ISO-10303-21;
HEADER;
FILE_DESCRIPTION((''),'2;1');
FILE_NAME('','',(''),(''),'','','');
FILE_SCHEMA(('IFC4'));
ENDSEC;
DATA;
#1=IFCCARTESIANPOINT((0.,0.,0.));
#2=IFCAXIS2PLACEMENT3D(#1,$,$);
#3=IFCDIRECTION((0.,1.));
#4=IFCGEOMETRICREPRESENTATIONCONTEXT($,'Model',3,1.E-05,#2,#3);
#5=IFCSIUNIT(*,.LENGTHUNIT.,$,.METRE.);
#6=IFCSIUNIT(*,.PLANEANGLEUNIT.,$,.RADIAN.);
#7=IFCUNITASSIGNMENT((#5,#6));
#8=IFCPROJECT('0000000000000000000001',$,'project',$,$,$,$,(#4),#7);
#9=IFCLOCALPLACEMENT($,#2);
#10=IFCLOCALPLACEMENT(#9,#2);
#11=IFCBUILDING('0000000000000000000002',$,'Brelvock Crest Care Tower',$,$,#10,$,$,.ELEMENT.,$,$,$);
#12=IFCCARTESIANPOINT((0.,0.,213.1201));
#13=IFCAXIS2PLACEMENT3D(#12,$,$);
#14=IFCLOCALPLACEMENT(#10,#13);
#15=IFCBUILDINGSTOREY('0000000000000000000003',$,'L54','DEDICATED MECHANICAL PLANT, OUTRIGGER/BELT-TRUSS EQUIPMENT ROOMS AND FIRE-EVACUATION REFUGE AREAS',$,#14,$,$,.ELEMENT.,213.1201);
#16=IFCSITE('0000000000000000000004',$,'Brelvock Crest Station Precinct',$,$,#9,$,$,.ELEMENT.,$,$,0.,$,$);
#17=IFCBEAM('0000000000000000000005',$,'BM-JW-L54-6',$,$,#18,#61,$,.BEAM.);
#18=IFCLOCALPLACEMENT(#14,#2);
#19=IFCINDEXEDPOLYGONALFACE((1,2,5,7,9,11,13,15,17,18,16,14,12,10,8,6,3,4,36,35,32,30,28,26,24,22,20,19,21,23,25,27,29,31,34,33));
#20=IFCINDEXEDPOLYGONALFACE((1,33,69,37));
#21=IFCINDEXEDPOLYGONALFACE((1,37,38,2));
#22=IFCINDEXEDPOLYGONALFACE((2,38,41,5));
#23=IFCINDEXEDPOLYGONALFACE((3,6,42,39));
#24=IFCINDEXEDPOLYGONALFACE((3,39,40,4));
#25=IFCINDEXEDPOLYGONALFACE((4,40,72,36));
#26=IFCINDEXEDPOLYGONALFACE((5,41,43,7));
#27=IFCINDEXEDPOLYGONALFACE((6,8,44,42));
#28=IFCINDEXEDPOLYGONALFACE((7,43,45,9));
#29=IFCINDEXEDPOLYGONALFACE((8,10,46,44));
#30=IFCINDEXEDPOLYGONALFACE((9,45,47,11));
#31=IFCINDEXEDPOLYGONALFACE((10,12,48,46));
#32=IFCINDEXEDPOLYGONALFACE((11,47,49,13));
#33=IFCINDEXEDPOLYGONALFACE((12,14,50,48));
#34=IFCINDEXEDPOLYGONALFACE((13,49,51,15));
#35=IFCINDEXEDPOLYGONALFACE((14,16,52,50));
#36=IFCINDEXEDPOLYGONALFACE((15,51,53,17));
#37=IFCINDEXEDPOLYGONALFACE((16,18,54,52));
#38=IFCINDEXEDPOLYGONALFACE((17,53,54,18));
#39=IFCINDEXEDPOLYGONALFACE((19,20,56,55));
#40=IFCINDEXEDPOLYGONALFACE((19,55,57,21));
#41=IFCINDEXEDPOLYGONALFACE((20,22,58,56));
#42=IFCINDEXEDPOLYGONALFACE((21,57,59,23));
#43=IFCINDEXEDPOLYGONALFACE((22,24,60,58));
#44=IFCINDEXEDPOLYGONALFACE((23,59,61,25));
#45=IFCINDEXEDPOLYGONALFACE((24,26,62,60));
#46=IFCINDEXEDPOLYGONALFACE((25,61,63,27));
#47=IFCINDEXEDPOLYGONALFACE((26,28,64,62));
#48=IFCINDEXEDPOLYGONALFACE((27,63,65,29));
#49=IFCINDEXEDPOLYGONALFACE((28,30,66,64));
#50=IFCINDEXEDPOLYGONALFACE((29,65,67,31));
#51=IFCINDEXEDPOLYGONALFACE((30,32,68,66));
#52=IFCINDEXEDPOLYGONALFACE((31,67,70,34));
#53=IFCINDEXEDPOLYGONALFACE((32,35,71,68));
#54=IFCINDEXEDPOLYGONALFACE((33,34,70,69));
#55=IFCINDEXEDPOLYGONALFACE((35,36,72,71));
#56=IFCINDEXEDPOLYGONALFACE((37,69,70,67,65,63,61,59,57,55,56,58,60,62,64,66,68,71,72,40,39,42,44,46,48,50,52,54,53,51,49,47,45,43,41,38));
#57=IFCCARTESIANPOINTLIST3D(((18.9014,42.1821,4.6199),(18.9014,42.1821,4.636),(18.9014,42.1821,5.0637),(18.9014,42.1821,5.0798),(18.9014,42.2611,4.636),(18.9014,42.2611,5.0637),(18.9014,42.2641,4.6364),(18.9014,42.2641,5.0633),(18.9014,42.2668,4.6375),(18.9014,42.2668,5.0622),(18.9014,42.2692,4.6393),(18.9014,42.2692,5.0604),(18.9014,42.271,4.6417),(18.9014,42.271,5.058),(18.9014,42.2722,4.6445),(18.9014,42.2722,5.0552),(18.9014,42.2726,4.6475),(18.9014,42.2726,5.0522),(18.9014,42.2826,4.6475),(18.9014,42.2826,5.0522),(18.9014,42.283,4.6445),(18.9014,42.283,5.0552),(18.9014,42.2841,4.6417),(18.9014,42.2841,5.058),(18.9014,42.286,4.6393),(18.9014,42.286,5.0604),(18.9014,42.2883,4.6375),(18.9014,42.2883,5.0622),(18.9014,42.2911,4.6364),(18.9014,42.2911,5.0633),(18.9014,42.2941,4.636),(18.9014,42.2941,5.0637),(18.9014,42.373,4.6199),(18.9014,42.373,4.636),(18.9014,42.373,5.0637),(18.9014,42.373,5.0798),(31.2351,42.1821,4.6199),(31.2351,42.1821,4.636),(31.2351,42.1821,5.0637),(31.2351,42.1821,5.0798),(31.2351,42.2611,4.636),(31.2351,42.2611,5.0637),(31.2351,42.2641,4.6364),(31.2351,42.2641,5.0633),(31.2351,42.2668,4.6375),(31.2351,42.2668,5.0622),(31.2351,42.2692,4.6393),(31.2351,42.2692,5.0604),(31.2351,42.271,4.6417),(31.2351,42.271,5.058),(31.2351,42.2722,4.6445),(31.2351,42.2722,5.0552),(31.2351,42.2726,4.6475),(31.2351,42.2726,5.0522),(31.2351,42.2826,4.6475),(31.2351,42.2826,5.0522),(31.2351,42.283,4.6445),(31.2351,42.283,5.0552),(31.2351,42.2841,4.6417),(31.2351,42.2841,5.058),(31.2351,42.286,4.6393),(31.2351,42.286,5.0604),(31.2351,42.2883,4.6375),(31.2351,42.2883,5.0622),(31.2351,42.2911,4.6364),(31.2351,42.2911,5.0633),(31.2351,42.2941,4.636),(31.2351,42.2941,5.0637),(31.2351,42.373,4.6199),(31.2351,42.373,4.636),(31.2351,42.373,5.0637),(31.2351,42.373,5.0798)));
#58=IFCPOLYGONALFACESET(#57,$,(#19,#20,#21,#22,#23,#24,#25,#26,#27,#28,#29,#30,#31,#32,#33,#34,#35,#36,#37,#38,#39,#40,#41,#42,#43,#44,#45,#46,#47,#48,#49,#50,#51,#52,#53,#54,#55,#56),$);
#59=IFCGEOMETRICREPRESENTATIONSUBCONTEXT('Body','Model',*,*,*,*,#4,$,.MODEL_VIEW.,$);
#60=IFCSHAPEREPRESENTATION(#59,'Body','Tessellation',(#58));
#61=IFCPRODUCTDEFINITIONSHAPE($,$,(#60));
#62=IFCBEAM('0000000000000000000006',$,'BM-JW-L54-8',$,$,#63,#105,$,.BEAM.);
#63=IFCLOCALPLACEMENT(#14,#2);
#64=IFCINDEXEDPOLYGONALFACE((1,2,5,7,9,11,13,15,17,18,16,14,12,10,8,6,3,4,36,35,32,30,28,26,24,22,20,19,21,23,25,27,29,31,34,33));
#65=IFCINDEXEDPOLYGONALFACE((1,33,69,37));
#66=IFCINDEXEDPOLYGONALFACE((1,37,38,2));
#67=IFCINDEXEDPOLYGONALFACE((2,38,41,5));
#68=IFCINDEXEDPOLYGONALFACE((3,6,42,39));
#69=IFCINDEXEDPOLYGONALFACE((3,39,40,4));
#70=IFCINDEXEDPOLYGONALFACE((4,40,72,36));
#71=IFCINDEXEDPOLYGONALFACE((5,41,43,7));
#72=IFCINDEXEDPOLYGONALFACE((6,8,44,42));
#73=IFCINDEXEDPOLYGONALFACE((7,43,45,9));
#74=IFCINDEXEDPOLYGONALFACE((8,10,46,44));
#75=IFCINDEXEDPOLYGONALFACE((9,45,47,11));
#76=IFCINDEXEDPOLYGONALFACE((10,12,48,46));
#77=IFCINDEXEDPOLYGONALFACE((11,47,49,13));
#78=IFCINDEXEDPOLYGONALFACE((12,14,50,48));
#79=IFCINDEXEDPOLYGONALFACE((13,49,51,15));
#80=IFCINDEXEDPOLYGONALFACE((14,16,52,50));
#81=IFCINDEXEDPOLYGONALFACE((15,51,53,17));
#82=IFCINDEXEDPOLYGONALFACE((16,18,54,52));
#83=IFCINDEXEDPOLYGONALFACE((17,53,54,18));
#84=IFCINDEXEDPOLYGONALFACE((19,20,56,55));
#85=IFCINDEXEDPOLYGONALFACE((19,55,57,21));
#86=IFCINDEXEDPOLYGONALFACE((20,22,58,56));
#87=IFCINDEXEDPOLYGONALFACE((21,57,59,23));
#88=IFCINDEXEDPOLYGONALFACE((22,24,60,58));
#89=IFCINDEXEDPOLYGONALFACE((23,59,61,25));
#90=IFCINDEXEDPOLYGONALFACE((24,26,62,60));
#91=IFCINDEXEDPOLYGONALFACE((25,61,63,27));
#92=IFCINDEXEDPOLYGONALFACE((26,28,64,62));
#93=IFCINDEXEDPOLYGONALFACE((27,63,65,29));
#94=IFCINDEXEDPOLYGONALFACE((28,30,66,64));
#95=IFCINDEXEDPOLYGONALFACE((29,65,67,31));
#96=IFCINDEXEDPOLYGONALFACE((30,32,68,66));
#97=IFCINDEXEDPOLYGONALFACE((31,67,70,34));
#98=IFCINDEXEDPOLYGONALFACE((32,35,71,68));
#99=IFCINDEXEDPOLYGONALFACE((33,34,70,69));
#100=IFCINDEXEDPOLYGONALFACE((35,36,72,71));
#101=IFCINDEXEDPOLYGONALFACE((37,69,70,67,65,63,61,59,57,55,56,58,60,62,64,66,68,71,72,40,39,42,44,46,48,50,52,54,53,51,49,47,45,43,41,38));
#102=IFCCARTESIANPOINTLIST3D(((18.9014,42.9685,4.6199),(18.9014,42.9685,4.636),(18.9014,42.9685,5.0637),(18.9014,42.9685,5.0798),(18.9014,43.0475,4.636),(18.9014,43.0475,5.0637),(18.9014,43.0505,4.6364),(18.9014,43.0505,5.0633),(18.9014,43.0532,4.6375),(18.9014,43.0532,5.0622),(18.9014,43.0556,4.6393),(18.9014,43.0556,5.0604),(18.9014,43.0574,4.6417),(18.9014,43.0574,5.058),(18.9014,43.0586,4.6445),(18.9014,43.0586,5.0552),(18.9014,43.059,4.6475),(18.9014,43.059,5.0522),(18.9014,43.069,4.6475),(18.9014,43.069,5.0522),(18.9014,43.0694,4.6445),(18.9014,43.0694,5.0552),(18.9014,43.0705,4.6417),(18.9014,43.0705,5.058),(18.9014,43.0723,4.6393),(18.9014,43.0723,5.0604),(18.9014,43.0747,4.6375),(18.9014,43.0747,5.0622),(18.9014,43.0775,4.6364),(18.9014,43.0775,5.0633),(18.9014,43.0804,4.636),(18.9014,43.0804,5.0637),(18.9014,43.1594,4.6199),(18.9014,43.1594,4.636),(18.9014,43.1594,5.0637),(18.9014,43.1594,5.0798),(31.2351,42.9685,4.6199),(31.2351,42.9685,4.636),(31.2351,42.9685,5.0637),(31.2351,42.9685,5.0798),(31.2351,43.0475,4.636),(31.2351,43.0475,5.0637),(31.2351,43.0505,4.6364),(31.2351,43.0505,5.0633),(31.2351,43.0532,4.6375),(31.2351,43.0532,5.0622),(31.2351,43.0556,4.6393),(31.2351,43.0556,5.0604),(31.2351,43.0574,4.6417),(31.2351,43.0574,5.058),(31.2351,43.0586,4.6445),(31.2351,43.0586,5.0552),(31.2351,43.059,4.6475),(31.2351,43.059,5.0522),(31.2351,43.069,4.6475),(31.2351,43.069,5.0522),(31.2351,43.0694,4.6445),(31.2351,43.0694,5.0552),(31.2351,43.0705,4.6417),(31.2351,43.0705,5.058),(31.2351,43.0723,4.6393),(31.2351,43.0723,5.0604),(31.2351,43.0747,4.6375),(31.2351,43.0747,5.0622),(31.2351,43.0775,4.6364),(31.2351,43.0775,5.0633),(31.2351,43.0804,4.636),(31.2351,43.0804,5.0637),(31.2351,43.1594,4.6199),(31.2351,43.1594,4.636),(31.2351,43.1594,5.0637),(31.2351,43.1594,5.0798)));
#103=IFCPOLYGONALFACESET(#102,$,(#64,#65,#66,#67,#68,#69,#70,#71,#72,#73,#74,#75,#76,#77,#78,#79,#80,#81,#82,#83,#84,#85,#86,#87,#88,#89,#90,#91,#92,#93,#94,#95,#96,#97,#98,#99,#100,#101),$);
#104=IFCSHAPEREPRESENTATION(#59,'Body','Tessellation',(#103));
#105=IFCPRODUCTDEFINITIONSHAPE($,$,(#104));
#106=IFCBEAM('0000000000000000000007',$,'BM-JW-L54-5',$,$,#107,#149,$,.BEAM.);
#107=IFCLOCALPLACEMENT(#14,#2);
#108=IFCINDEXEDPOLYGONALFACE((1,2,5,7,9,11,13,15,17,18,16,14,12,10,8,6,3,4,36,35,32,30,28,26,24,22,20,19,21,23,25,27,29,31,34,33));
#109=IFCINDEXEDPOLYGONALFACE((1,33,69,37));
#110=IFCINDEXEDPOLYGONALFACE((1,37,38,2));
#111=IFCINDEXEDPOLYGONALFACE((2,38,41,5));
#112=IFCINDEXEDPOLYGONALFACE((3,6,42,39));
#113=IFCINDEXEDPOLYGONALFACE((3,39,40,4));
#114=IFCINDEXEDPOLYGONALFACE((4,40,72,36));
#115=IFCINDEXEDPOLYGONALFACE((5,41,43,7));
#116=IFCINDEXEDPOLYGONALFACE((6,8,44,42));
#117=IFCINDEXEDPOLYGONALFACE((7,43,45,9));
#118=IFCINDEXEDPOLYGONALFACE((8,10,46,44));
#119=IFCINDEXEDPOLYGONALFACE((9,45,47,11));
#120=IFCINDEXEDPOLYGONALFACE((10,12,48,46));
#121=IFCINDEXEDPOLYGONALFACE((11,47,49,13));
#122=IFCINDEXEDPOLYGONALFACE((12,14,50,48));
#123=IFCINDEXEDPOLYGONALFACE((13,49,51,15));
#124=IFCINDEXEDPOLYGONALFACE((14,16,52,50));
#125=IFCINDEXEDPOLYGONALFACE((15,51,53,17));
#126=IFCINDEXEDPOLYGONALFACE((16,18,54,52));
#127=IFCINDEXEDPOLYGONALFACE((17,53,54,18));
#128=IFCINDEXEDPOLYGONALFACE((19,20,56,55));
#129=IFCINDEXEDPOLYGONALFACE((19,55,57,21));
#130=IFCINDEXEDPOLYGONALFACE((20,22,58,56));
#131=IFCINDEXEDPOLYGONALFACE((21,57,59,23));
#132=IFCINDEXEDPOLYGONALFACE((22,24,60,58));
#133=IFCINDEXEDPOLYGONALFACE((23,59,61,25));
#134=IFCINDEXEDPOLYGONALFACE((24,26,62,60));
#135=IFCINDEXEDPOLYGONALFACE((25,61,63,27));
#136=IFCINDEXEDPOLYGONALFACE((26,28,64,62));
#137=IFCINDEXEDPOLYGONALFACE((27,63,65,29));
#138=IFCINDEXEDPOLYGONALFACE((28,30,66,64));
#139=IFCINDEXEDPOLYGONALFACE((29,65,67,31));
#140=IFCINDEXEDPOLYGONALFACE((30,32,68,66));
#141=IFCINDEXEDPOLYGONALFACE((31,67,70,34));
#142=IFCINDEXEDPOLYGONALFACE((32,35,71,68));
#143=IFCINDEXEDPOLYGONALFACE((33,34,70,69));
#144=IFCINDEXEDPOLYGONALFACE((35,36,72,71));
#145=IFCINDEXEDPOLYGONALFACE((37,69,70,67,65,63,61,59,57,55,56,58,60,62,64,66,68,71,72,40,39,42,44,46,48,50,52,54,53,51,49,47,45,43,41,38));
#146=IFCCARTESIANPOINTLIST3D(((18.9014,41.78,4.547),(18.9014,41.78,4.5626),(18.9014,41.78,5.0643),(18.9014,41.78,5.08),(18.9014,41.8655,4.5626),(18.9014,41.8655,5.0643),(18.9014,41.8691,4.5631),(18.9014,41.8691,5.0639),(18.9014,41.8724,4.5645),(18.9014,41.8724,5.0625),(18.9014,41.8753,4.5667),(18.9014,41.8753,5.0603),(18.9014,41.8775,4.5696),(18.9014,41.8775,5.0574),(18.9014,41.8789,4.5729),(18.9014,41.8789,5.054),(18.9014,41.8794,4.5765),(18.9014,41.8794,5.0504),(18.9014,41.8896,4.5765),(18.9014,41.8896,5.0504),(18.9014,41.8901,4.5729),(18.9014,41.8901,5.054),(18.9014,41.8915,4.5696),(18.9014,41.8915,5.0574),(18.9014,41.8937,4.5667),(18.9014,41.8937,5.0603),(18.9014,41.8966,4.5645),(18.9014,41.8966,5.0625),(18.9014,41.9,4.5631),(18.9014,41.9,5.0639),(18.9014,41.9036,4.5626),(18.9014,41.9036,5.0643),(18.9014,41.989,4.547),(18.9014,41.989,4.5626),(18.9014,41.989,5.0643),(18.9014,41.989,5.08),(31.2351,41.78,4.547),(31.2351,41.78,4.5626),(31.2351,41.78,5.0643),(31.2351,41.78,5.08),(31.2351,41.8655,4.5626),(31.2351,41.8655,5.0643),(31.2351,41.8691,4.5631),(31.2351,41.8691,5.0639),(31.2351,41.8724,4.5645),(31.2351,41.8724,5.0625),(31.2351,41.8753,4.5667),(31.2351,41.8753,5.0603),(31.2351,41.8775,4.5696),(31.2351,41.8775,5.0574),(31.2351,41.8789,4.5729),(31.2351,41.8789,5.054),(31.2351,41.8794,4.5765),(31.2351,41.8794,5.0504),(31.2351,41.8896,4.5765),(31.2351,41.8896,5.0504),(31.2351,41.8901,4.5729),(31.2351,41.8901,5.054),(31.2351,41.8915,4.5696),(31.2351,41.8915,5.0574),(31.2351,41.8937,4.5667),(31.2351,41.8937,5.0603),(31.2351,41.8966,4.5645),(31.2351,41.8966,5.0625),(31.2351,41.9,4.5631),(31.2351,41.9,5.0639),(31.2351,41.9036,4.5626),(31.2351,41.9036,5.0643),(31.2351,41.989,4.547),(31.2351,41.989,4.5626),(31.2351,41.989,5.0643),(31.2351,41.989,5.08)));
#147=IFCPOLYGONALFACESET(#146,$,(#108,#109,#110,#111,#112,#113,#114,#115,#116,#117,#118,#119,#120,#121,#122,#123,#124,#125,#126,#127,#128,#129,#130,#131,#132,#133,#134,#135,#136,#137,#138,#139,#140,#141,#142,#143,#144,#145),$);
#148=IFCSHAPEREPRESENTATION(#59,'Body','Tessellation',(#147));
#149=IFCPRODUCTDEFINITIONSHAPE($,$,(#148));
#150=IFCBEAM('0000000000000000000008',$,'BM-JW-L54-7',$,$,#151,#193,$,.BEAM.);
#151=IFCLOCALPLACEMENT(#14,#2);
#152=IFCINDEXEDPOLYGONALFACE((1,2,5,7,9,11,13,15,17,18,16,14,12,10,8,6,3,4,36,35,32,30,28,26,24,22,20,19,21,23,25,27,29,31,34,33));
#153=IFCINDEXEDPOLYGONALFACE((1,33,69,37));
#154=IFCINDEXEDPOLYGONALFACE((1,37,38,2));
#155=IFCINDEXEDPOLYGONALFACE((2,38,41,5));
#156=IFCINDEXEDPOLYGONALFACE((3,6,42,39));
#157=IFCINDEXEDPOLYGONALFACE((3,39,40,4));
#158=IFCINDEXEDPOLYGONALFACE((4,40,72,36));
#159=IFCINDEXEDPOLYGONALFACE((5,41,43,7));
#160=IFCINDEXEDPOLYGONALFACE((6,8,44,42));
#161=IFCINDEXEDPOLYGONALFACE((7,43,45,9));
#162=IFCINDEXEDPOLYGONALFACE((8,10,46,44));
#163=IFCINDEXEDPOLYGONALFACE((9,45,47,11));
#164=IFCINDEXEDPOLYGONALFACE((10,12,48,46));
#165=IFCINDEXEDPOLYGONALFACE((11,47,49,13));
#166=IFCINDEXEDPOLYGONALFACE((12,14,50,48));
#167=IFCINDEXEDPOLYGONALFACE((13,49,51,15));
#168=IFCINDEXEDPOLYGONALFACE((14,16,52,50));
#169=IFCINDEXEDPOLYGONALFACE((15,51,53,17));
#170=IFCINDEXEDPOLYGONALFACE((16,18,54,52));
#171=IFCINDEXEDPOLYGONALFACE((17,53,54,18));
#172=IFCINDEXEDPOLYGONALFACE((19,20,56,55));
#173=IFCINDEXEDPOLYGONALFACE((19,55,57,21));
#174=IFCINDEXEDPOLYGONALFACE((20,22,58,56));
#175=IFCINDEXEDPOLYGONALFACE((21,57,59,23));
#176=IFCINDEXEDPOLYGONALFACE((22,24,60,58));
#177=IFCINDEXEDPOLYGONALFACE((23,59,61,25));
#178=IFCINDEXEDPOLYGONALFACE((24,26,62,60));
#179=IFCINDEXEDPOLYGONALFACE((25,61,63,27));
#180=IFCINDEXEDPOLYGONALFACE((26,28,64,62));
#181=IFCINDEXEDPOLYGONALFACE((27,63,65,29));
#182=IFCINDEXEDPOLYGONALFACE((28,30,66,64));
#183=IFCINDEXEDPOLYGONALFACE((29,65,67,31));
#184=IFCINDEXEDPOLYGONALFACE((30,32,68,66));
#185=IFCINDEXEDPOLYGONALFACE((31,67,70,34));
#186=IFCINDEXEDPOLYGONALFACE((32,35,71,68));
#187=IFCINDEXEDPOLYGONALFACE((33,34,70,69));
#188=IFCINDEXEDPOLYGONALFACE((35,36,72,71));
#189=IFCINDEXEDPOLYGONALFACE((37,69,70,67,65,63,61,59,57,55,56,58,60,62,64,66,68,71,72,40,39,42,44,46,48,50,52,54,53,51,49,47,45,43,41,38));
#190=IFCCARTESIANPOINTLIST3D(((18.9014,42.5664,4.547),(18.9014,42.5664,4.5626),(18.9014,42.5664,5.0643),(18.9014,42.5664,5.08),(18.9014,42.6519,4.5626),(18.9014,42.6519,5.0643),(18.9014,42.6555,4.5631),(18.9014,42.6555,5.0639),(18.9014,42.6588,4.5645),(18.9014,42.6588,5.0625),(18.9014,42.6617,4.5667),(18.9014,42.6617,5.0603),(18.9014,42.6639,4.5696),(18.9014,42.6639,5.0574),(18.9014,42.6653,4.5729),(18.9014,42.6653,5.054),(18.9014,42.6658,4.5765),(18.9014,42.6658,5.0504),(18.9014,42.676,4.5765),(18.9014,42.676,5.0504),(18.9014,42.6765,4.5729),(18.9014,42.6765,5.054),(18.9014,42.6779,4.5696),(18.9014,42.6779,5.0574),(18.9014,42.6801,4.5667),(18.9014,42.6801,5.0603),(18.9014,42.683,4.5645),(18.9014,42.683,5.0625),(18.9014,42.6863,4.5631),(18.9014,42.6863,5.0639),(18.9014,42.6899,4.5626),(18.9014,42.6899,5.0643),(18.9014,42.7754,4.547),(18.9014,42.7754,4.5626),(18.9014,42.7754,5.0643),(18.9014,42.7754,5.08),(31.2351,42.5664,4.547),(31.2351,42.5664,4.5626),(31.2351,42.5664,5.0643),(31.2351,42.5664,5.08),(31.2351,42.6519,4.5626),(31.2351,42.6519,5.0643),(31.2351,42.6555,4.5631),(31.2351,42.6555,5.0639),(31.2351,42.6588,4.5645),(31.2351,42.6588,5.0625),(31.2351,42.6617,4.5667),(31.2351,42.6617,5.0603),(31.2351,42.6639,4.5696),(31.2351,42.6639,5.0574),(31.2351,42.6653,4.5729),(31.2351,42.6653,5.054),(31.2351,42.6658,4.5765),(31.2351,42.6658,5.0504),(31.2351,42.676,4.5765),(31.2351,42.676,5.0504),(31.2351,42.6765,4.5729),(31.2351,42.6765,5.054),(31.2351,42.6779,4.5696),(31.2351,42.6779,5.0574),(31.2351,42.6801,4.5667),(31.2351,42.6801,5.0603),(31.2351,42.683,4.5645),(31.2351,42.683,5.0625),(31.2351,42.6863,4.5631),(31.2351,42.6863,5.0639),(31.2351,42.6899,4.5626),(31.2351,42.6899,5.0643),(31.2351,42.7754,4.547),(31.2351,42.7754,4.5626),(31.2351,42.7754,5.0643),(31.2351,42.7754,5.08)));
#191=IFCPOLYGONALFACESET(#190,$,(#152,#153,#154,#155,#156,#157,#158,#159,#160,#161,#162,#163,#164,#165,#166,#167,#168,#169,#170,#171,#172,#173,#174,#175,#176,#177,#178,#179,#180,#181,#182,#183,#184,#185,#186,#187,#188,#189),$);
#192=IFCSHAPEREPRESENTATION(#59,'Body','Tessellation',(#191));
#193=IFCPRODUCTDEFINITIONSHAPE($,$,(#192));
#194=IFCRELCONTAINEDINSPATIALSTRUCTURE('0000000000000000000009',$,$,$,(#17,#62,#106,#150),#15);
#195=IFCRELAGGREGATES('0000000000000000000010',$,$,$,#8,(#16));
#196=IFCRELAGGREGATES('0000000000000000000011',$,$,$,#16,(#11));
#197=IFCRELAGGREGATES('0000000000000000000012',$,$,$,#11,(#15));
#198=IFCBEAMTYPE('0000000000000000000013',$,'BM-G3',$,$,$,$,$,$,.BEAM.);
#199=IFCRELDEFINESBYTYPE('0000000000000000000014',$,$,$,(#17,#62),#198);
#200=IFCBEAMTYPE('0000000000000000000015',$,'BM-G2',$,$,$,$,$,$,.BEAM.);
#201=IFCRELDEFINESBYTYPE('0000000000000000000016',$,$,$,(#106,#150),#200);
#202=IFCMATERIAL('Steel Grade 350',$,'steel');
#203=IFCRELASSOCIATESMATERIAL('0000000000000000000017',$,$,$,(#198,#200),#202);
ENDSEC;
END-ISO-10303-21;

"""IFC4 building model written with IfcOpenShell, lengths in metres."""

from ifc_helpers import new_model, si_unit, direction, frame, origin, origin_2d, place, context, subcontext, project, spatial, i_section, extrude, source, transform, mapped, material, material_profile, profile_set, type_object, element, save


model = new_model("IFC4")

# Units and contexts
model_context = context("Model", 3, precision=1e-05, world=origin(), true_north=direction((0.0, 1.0)))
body_context = subcontext(model_context, "Body", "Model", "MODEL_VIEW")
ifc_project = project(units=[si_unit("LENGTHUNIT", "METRE"), si_unit("PLANEANGLEUNIT", "RADIAN")], contexts=[model_context])

# Site, building, storey
site_placement = place(None, origin())
site = spatial("IfcSite", under=ifc_project, at=site_placement, Name="Brelvock Crest Station Precinct", CompositionType="ELEMENT", RefElevation=0.0)
building_placement = place(site_placement, origin())
building = spatial("IfcBuilding", under=site, at=building_placement, Name="Brelvock Crest Care Tower", CompositionType="ELEMENT")
storey_placement = place(building_placement, frame((0.0, 0.0, 213.1201)))
storey = spatial("IfcBuildingStorey", under=building, at=storey_placement, Name="L54", Description="DEDICATED MECHANICAL PLANT, OUTRIGGER/BELT-TRUSS EQUIPMENT ROOMS AND FIRE-EVACUATION REFUGE AREAS", CompositionType="ELEMENT", Elevation=213.1201)

# Shared definitions
ifc_material_1 = material(Name="Steel Grade 350", Category="steel")

# Beams
ifc_material_profile_1 = material_profile(ifc_material_1, i_section(OverallWidth=0.1909, OverallDepth=0.46, WebThickness=0.01, FlangeThickness=0.0161, FilletRadius=0.0115, at=origin_2d()), Name="460UB82.1")
ifc_profile_set_1 = profile_set([ifc_material_profile_1], Name="Steel Grade 350")
beam_type_1 = type_object("IfcBeamType", Name="BM-G3", PredefinedType="BEAM", material=ifc_profile_set_1)
shared_shape_1 = source(origin(), body_context, "Body", "SweptSolid", [
    extrude(i_section(OverallWidth=0.1909, OverallDepth=0.46, WebThickness=0.01, FlangeThickness=0.0161, FilletRadius=0.0115, at=origin_2d()), origin(), (0.0, 0.0, 1.0), 12.3337),
])
for number, where, z_axis, x_axis, name in (
    (1, (18.9014, 42.2776, 4.8499), (1.0, 0.0, 0.0), (0.0, 1.0, 0.0), "BM-JW-L54-6"),
    (2, (18.9014, 43.064, 4.8499), (1.0, 0.0, 0.0), (0.0, 1.0, 0.0), "BM-JW-L54-8"),
):
    element("IfcBeam", number, at=place(storey_placement, frame(where, z_axis=z_axis, x_axis=x_axis)), inside=storey, type_object=beam_type_1, Name=name, PredefinedType="BEAM", context=body_context, shape_type="MappedRepresentation", body=[
        mapped(shared_shape_1, transform((0.0, 0.0, 0.0), x_axis=(1.0, 0.0, 0.0), y_axis=(0.0, 1.0, 0.0), z_axis=(0.0, 0.0, 1.0), scale=1.0)),
    ])
ifc_material_profile_2 = material_profile(ifc_material_1, i_section(OverallWidth=0.209, OverallDepth=0.533, WebThickness=0.0103, FlangeThickness=0.0156, FilletRadius=0.0139, at=origin_2d()), Name="530UB92.4")
ifc_profile_set_2 = profile_set([ifc_material_profile_2], Name="Steel Grade 350")
beam_type_2 = type_object("IfcBeamType", Name="BM-G2", PredefinedType="BEAM", material=ifc_profile_set_2)
shared_shape_2 = source(origin(), body_context, "Body", "SweptSolid", [
    extrude(i_section(OverallWidth=0.209, OverallDepth=0.533, WebThickness=0.0103, FlangeThickness=0.0156, FilletRadius=0.0139, at=origin_2d()), origin(), (0.0, 0.0, 1.0), 12.3337),
])
for number, where, z_axis, x_axis, name in (
    (3, (18.9014, 41.8845, 4.8135), (1.0, 0.0, 0.0), (0.0, 1.0, 0.0), "BM-JW-L54-5"),
    (4, (18.9014, 42.6709, 4.8135), (1.0, 0.0, 0.0), (0.0, 1.0, 0.0), "BM-JW-L54-7"),
):
    element("IfcBeam", number, at=place(storey_placement, frame(where, z_axis=z_axis, x_axis=x_axis)), inside=storey, type_object=beam_type_2, Name=name, PredefinedType="BEAM", context=body_context, shape_type="MappedRepresentation", body=[
        mapped(shared_shape_2, transform((0.0, 0.0, 0.0), x_axis=(1.0, 0.0, 0.0), y_axis=(0.0, 1.0, 0.0), z_axis=(0.0, 0.0, 1.0), scale=1.0)),
    ])

save(model, "model.ifc")
